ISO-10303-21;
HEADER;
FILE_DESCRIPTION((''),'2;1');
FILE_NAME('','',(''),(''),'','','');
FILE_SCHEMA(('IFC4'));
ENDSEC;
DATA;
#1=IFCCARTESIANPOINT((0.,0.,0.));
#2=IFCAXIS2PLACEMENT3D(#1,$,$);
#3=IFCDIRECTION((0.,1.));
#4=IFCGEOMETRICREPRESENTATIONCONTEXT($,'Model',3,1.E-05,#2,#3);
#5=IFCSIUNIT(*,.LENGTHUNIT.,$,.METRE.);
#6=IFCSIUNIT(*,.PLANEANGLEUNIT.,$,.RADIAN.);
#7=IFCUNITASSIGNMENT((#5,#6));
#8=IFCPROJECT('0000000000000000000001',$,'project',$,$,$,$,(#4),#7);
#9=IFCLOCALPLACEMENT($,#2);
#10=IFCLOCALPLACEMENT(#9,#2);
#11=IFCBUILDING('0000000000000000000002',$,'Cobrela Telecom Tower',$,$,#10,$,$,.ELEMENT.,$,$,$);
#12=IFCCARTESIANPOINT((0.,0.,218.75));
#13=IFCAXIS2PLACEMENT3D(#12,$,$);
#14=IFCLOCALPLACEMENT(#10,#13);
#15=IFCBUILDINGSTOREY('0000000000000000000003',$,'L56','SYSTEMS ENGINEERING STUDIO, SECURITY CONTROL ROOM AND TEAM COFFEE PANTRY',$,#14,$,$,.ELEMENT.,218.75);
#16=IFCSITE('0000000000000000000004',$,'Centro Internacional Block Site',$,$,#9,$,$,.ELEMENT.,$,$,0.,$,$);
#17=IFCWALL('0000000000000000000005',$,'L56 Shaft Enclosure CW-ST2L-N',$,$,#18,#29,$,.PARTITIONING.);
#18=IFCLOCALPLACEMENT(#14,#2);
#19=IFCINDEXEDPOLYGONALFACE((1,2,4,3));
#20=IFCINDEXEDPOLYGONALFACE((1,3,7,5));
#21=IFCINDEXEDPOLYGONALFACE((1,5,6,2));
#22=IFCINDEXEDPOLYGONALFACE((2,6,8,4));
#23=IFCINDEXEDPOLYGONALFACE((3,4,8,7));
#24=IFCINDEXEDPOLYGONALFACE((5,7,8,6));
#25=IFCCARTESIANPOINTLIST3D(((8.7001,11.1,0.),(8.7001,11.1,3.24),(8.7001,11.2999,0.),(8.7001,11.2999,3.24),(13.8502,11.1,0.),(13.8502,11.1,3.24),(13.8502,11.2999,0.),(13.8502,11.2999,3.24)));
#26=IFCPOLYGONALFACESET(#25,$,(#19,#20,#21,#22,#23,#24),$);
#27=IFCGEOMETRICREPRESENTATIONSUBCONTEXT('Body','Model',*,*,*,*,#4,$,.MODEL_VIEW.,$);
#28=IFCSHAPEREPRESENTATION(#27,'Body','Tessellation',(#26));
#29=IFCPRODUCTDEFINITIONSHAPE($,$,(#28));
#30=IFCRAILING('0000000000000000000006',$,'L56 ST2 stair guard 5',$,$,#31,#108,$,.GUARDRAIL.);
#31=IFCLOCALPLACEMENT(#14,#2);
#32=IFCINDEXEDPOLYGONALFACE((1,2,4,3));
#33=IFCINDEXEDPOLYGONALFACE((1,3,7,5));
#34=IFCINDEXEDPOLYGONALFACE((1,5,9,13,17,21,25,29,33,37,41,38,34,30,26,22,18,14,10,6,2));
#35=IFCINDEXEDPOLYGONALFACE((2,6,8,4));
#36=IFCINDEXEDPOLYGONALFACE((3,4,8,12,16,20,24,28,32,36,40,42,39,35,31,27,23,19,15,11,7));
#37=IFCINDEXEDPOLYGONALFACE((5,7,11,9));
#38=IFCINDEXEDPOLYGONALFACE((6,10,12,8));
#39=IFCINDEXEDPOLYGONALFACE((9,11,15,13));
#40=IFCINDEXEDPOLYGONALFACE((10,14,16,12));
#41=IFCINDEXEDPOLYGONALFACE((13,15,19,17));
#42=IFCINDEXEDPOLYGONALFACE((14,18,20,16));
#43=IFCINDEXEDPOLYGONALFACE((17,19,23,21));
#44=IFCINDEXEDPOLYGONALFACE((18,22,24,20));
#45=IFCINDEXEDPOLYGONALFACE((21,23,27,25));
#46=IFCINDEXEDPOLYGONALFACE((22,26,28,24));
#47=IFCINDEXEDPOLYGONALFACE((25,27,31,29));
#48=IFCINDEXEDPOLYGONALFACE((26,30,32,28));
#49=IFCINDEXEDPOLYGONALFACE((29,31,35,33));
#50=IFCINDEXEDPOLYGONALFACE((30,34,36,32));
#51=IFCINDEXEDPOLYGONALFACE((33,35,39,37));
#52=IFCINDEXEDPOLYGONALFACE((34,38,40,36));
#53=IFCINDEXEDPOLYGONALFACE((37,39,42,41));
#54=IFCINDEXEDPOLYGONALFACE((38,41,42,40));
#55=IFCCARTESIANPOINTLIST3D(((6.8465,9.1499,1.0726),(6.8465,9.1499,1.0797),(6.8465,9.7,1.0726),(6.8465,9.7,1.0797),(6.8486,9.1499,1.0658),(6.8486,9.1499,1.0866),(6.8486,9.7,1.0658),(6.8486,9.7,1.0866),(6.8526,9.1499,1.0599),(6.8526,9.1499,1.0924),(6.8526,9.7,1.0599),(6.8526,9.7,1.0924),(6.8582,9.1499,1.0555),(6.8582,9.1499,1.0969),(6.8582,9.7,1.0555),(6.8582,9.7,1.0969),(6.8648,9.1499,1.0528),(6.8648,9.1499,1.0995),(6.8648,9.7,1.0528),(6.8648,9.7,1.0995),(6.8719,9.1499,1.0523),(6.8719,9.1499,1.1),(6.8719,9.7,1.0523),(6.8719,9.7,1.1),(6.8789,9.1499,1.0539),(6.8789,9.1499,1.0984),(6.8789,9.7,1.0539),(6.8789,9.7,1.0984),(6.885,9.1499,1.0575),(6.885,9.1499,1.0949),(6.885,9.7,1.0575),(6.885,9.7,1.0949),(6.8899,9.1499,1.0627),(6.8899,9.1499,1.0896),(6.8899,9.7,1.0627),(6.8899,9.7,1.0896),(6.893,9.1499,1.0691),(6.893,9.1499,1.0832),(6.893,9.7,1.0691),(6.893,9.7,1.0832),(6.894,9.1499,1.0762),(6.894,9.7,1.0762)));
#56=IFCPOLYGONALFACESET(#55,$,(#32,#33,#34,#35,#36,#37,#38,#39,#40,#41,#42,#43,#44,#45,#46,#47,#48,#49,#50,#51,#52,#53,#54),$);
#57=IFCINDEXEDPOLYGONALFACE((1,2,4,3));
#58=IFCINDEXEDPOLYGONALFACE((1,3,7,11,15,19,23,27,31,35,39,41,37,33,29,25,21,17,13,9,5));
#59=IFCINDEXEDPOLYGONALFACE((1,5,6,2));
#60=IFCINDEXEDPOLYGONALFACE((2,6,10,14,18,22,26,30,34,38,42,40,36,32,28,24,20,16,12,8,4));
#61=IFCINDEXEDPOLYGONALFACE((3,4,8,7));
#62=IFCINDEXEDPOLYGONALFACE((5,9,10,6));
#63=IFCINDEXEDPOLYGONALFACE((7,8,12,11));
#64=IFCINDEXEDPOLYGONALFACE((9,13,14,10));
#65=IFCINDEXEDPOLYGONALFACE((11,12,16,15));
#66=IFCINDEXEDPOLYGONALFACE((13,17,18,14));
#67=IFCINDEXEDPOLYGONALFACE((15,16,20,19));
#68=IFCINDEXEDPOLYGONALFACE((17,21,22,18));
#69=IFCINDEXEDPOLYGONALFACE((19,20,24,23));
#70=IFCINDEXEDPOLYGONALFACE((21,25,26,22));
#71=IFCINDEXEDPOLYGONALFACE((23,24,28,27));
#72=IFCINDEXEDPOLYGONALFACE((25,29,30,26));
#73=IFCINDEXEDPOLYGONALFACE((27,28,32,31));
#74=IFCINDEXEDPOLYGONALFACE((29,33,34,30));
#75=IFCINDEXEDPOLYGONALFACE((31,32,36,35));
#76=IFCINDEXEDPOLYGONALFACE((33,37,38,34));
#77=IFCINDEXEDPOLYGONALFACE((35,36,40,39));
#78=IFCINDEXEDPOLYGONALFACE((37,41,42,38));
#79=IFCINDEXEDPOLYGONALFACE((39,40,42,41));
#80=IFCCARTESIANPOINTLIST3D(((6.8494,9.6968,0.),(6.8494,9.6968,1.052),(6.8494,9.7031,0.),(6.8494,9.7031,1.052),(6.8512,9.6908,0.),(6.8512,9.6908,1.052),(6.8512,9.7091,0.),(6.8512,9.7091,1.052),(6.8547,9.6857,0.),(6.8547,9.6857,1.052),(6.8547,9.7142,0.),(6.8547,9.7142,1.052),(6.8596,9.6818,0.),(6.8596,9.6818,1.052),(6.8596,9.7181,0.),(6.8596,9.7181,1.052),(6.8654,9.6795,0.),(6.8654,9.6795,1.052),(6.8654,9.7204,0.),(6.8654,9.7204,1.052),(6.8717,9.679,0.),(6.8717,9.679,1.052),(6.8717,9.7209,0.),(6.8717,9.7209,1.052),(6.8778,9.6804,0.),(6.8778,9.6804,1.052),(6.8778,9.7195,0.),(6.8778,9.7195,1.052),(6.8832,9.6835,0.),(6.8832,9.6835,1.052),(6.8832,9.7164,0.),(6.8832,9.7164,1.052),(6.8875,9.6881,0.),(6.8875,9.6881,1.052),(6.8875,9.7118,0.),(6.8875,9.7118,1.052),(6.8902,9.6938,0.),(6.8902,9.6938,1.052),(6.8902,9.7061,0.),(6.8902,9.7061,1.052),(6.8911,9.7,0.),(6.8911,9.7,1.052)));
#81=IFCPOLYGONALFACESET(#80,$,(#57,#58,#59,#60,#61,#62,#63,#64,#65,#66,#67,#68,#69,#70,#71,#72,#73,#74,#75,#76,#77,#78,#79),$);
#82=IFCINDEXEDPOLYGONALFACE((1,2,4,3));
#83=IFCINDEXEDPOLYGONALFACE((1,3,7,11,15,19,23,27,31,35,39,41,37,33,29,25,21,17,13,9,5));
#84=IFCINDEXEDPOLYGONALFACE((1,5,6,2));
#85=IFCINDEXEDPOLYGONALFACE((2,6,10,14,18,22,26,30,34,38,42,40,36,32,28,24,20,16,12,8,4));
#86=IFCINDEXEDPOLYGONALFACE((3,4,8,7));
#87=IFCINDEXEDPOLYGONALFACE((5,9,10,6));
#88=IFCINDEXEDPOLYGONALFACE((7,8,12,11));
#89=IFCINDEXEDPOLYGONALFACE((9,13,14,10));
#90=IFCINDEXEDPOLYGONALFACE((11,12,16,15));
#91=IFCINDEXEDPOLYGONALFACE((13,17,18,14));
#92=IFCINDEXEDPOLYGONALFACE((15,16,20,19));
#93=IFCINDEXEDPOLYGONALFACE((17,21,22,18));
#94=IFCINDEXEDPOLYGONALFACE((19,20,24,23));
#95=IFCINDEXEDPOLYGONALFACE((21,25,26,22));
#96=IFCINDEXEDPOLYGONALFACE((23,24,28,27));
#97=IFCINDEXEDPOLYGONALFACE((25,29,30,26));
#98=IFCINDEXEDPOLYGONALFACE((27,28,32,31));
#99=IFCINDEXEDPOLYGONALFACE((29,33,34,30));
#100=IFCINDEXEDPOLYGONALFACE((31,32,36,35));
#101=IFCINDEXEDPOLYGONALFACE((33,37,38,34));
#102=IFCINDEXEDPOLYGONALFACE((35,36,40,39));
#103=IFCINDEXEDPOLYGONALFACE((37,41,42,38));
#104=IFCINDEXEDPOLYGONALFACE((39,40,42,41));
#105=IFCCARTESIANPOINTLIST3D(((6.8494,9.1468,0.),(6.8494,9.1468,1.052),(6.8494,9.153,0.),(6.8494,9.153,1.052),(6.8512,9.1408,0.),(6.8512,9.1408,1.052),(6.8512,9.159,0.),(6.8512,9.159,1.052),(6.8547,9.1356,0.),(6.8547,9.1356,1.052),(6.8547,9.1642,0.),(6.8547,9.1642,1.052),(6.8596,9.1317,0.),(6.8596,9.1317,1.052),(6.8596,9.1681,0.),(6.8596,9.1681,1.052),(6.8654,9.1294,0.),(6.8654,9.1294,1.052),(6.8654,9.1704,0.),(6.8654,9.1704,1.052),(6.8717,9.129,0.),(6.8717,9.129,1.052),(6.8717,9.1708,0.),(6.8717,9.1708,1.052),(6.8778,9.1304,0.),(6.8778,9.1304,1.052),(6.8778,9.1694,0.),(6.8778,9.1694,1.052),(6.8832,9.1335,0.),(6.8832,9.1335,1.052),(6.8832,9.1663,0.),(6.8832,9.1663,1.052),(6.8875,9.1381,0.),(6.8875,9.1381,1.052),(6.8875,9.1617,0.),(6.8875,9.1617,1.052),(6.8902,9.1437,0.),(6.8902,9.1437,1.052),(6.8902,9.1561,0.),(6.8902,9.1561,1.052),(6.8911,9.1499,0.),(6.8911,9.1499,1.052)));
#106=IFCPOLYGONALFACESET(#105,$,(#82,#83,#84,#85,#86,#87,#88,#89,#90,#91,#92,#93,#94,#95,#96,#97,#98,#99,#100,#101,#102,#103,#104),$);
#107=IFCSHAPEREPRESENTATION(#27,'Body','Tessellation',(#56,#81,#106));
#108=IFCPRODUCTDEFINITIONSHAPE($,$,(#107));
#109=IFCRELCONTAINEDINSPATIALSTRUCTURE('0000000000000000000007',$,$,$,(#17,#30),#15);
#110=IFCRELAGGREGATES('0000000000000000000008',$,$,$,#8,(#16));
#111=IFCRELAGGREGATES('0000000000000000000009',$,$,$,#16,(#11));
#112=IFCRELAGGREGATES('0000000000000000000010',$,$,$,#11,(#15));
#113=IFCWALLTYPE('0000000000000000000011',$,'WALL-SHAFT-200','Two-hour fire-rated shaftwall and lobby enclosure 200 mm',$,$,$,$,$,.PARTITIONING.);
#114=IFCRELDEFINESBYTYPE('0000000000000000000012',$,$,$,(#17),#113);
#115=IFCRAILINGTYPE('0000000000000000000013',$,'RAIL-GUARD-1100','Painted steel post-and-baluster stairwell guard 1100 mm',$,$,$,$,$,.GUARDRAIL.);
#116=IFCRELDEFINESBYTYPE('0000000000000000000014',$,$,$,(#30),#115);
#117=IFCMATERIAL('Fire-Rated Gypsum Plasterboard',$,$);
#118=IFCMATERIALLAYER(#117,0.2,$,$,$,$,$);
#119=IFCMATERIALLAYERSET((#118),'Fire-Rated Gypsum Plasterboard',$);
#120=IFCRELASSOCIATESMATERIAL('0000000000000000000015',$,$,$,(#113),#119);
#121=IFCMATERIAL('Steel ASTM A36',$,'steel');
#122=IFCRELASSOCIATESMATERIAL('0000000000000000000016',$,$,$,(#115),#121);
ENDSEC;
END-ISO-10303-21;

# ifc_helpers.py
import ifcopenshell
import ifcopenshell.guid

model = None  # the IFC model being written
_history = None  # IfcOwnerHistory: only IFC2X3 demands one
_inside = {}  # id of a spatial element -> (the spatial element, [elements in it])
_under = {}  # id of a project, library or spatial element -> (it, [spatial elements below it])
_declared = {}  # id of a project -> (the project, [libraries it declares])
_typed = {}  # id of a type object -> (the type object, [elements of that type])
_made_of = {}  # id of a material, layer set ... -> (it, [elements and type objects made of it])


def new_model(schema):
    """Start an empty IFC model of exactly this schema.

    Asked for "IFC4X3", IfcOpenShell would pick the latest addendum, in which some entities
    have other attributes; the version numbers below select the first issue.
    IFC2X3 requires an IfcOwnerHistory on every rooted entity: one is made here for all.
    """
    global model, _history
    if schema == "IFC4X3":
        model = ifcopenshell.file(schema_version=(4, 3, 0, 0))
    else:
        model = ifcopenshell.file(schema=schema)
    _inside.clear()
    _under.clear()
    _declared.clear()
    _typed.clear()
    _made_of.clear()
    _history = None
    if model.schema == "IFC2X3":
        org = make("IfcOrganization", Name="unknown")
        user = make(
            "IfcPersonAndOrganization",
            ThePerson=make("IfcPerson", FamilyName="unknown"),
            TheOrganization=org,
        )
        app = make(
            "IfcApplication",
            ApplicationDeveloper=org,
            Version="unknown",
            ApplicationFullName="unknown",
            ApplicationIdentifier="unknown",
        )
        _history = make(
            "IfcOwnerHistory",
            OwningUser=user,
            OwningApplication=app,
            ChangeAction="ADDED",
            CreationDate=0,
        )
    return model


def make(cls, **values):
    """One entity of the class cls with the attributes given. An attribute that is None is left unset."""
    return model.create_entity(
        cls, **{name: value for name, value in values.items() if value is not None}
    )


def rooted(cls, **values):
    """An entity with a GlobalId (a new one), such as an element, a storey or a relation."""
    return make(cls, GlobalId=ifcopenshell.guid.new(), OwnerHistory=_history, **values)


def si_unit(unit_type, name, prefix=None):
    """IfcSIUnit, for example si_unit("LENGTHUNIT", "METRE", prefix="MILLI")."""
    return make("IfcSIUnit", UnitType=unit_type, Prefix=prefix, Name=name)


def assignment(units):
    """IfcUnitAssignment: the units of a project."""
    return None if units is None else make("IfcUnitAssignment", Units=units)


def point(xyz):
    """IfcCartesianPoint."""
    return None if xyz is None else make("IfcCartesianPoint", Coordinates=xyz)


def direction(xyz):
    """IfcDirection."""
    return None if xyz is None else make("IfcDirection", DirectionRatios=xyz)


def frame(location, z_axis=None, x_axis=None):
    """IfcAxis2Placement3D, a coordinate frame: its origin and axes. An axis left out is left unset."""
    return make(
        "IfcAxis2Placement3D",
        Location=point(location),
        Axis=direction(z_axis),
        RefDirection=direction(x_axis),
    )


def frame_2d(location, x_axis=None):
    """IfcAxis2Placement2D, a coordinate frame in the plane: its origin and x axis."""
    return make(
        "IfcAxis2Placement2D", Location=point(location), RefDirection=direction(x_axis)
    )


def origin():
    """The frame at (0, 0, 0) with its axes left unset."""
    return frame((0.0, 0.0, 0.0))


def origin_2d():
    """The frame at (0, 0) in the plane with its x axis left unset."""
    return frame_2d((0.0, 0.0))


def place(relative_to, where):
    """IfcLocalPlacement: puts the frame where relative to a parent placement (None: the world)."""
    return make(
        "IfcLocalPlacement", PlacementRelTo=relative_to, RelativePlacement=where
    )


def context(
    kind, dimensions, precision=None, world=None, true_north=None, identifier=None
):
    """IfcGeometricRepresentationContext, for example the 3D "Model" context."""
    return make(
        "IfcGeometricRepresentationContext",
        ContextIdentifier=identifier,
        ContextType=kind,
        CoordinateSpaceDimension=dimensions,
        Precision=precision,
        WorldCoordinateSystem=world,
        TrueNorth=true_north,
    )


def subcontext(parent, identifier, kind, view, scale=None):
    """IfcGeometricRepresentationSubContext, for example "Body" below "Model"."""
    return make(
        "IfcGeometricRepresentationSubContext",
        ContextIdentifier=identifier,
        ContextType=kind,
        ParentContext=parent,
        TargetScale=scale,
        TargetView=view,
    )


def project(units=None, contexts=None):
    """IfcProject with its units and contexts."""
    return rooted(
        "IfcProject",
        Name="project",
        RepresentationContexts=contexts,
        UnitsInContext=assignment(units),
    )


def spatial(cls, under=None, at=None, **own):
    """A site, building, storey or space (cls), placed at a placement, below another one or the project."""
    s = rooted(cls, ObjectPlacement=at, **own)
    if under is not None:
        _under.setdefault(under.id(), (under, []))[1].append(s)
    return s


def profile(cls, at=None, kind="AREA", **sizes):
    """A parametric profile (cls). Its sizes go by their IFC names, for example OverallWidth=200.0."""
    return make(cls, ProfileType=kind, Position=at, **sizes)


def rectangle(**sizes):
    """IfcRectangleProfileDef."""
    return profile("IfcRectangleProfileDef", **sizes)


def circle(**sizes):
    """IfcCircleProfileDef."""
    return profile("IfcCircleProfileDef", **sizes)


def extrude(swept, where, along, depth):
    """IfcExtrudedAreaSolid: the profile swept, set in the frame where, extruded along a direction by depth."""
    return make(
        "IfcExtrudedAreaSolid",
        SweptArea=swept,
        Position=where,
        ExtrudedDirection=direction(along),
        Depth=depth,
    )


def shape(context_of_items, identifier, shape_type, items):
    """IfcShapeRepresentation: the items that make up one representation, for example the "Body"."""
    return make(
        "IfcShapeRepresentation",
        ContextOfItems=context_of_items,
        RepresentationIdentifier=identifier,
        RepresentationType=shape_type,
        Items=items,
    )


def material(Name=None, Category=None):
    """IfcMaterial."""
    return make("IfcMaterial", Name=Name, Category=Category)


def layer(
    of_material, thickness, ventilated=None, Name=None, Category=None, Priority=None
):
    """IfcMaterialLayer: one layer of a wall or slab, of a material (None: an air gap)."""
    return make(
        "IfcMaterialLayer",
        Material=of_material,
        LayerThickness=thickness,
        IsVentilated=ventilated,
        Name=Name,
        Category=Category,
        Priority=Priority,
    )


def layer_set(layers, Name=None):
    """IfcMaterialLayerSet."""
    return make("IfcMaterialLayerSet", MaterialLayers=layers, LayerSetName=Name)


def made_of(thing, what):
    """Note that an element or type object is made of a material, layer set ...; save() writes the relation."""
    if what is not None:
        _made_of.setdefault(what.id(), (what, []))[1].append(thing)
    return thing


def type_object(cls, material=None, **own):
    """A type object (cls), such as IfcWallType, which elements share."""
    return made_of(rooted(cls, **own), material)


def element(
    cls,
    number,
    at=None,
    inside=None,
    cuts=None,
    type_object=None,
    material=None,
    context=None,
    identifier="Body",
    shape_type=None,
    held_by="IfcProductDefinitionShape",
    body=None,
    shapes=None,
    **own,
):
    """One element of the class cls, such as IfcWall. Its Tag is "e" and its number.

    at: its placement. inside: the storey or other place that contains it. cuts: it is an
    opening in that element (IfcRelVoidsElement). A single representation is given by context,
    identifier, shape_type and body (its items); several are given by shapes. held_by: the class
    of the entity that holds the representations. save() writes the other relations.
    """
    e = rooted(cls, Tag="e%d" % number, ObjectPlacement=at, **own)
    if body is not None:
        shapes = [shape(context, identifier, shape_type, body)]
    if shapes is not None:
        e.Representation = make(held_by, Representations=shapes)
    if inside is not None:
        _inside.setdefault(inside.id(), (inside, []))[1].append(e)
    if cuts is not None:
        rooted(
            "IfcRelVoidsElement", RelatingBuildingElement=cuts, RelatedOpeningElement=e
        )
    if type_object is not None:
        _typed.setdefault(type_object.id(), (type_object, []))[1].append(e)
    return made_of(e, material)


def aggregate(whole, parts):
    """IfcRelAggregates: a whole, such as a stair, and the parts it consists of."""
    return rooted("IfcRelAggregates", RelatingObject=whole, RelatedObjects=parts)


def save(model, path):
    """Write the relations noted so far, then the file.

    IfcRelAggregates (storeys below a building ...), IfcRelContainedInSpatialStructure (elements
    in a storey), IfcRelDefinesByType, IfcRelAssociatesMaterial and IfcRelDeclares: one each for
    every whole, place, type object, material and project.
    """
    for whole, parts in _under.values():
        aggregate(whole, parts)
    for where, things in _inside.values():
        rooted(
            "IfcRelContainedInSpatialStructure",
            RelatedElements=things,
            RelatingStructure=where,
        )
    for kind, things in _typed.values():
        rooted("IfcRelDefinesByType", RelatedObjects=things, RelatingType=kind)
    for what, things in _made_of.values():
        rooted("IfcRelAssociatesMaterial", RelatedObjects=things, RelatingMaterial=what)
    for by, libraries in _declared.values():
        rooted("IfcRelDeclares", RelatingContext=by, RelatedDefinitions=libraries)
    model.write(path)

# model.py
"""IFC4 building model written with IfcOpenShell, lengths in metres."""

from ifc_helpers import new_model, si_unit, direction, frame, frame_2d, origin, origin_2d, place, context, subcontext, project, spatial, rectangle, circle, extrude, material, layer, layer_set, type_object, element, save


model = new_model("IFC4")

# Units and contexts
model_context = context("Model", 3, precision=1e-05, world=origin(), true_north=direction((0.0, 1.0)))
body_context = subcontext(model_context, "Body", "Model", "MODEL_VIEW")
ifc_project = project(units=[si_unit("LENGTHUNIT", "METRE"), si_unit("PLANEANGLEUNIT", "RADIAN")], contexts=[model_context])

# Site, building, storey
site_placement = place(None, origin())
site = spatial("IfcSite", under=ifc_project, at=site_placement, Name="Centro Internacional Block Site", CompositionType="ELEMENT", RefElevation=0.0)
building_placement = place(site_placement, origin())
building = spatial("IfcBuilding", under=site, at=building_placement, Name="Cobrela Telecom Tower", CompositionType="ELEMENT")
storey_placement = place(building_placement, frame((0.0, 0.0, 218.75)))
storey = spatial("IfcBuildingStorey", under=building, at=storey_placement, Name="L56", Description="SYSTEMS ENGINEERING STUDIO, SECURITY CONTROL ROOM AND TEAM COFFEE PANTRY", CompositionType="ELEMENT", Elevation=218.75)

# Shared definitions
ifc_material_1 = material(Name="Fire-Rated Gypsum Plasterboard")

# Wall
ifc_layer_1 = layer(ifc_material_1, 0.2)
ifc_layer_set_1 = layer_set([ifc_layer_1], Name="Fire-Rated Gypsum Plasterboard")
wall_type_1 = type_object("IfcWallType", Name="WALL-SHAFT-200", Description="Two-hour fire-rated shaftwall and lobby enclosure 200 mm", PredefinedType="PARTITIONING", material=ifc_layer_set_1)
wall_1_placement = place(storey_placement, frame((8.7, 11.2, 0.0), z_axis=(0.0, 0.0, 1.0), x_axis=(1.0, 0.0, 0.0)))
element("IfcWall", 1, at=wall_1_placement, inside=storey, type_object=wall_type_1, Name="L56 Shaft Enclosure CW-ST2L-N", PredefinedType="PARTITIONING", context=body_context, shape_type="SweptSolid", body=[
    extrude(rectangle(XDim=5.1501, YDim=0.2, at=frame_2d((2.5752, 0.0))), origin(), (0.0, 0.0, 1.0), 3.24),
])

# Railing
ifc_material_2 = material(Name="Steel ASTM A36", Category="steel")
railing_type_1 = type_object("IfcRailingType", Name="RAIL-GUARD-1100", Description="Painted steel post-and-baluster stairwell guard 1100 mm", PredefinedType="GUARDRAIL", material=ifc_material_2)
railing_1_placement = place(storey_placement, frame((6.8701, 9.7, 0.0)))
element("IfcRailing", 2, at=railing_1_placement, inside=storey, type_object=railing_type_1, Name="L56 ST2 stair guard 5", PredefinedType="GUARDRAIL", context=body_context, shape_type="SweptSolid", body=[
    extrude(circle(Radius=0.0239, at=origin_2d()), frame((0.0, 0.0, 1.0762), z_axis=(0.0, -1.0, 0.0), x_axis=(1.0, 0.0, 0.0)), (0.0, 0.0, 1.0), 0.55),
    extrude(circle(Radius=0.021, at=origin_2d()), origin(), (0.0, 0.0, 1.0), 1.052),
    extrude(circle(Radius=0.021, at=origin_2d()), frame((0.0, -0.55, 0.0)), (0.0, 0.0, 1.0), 1.052),
])

save(model, "model.ifc")
